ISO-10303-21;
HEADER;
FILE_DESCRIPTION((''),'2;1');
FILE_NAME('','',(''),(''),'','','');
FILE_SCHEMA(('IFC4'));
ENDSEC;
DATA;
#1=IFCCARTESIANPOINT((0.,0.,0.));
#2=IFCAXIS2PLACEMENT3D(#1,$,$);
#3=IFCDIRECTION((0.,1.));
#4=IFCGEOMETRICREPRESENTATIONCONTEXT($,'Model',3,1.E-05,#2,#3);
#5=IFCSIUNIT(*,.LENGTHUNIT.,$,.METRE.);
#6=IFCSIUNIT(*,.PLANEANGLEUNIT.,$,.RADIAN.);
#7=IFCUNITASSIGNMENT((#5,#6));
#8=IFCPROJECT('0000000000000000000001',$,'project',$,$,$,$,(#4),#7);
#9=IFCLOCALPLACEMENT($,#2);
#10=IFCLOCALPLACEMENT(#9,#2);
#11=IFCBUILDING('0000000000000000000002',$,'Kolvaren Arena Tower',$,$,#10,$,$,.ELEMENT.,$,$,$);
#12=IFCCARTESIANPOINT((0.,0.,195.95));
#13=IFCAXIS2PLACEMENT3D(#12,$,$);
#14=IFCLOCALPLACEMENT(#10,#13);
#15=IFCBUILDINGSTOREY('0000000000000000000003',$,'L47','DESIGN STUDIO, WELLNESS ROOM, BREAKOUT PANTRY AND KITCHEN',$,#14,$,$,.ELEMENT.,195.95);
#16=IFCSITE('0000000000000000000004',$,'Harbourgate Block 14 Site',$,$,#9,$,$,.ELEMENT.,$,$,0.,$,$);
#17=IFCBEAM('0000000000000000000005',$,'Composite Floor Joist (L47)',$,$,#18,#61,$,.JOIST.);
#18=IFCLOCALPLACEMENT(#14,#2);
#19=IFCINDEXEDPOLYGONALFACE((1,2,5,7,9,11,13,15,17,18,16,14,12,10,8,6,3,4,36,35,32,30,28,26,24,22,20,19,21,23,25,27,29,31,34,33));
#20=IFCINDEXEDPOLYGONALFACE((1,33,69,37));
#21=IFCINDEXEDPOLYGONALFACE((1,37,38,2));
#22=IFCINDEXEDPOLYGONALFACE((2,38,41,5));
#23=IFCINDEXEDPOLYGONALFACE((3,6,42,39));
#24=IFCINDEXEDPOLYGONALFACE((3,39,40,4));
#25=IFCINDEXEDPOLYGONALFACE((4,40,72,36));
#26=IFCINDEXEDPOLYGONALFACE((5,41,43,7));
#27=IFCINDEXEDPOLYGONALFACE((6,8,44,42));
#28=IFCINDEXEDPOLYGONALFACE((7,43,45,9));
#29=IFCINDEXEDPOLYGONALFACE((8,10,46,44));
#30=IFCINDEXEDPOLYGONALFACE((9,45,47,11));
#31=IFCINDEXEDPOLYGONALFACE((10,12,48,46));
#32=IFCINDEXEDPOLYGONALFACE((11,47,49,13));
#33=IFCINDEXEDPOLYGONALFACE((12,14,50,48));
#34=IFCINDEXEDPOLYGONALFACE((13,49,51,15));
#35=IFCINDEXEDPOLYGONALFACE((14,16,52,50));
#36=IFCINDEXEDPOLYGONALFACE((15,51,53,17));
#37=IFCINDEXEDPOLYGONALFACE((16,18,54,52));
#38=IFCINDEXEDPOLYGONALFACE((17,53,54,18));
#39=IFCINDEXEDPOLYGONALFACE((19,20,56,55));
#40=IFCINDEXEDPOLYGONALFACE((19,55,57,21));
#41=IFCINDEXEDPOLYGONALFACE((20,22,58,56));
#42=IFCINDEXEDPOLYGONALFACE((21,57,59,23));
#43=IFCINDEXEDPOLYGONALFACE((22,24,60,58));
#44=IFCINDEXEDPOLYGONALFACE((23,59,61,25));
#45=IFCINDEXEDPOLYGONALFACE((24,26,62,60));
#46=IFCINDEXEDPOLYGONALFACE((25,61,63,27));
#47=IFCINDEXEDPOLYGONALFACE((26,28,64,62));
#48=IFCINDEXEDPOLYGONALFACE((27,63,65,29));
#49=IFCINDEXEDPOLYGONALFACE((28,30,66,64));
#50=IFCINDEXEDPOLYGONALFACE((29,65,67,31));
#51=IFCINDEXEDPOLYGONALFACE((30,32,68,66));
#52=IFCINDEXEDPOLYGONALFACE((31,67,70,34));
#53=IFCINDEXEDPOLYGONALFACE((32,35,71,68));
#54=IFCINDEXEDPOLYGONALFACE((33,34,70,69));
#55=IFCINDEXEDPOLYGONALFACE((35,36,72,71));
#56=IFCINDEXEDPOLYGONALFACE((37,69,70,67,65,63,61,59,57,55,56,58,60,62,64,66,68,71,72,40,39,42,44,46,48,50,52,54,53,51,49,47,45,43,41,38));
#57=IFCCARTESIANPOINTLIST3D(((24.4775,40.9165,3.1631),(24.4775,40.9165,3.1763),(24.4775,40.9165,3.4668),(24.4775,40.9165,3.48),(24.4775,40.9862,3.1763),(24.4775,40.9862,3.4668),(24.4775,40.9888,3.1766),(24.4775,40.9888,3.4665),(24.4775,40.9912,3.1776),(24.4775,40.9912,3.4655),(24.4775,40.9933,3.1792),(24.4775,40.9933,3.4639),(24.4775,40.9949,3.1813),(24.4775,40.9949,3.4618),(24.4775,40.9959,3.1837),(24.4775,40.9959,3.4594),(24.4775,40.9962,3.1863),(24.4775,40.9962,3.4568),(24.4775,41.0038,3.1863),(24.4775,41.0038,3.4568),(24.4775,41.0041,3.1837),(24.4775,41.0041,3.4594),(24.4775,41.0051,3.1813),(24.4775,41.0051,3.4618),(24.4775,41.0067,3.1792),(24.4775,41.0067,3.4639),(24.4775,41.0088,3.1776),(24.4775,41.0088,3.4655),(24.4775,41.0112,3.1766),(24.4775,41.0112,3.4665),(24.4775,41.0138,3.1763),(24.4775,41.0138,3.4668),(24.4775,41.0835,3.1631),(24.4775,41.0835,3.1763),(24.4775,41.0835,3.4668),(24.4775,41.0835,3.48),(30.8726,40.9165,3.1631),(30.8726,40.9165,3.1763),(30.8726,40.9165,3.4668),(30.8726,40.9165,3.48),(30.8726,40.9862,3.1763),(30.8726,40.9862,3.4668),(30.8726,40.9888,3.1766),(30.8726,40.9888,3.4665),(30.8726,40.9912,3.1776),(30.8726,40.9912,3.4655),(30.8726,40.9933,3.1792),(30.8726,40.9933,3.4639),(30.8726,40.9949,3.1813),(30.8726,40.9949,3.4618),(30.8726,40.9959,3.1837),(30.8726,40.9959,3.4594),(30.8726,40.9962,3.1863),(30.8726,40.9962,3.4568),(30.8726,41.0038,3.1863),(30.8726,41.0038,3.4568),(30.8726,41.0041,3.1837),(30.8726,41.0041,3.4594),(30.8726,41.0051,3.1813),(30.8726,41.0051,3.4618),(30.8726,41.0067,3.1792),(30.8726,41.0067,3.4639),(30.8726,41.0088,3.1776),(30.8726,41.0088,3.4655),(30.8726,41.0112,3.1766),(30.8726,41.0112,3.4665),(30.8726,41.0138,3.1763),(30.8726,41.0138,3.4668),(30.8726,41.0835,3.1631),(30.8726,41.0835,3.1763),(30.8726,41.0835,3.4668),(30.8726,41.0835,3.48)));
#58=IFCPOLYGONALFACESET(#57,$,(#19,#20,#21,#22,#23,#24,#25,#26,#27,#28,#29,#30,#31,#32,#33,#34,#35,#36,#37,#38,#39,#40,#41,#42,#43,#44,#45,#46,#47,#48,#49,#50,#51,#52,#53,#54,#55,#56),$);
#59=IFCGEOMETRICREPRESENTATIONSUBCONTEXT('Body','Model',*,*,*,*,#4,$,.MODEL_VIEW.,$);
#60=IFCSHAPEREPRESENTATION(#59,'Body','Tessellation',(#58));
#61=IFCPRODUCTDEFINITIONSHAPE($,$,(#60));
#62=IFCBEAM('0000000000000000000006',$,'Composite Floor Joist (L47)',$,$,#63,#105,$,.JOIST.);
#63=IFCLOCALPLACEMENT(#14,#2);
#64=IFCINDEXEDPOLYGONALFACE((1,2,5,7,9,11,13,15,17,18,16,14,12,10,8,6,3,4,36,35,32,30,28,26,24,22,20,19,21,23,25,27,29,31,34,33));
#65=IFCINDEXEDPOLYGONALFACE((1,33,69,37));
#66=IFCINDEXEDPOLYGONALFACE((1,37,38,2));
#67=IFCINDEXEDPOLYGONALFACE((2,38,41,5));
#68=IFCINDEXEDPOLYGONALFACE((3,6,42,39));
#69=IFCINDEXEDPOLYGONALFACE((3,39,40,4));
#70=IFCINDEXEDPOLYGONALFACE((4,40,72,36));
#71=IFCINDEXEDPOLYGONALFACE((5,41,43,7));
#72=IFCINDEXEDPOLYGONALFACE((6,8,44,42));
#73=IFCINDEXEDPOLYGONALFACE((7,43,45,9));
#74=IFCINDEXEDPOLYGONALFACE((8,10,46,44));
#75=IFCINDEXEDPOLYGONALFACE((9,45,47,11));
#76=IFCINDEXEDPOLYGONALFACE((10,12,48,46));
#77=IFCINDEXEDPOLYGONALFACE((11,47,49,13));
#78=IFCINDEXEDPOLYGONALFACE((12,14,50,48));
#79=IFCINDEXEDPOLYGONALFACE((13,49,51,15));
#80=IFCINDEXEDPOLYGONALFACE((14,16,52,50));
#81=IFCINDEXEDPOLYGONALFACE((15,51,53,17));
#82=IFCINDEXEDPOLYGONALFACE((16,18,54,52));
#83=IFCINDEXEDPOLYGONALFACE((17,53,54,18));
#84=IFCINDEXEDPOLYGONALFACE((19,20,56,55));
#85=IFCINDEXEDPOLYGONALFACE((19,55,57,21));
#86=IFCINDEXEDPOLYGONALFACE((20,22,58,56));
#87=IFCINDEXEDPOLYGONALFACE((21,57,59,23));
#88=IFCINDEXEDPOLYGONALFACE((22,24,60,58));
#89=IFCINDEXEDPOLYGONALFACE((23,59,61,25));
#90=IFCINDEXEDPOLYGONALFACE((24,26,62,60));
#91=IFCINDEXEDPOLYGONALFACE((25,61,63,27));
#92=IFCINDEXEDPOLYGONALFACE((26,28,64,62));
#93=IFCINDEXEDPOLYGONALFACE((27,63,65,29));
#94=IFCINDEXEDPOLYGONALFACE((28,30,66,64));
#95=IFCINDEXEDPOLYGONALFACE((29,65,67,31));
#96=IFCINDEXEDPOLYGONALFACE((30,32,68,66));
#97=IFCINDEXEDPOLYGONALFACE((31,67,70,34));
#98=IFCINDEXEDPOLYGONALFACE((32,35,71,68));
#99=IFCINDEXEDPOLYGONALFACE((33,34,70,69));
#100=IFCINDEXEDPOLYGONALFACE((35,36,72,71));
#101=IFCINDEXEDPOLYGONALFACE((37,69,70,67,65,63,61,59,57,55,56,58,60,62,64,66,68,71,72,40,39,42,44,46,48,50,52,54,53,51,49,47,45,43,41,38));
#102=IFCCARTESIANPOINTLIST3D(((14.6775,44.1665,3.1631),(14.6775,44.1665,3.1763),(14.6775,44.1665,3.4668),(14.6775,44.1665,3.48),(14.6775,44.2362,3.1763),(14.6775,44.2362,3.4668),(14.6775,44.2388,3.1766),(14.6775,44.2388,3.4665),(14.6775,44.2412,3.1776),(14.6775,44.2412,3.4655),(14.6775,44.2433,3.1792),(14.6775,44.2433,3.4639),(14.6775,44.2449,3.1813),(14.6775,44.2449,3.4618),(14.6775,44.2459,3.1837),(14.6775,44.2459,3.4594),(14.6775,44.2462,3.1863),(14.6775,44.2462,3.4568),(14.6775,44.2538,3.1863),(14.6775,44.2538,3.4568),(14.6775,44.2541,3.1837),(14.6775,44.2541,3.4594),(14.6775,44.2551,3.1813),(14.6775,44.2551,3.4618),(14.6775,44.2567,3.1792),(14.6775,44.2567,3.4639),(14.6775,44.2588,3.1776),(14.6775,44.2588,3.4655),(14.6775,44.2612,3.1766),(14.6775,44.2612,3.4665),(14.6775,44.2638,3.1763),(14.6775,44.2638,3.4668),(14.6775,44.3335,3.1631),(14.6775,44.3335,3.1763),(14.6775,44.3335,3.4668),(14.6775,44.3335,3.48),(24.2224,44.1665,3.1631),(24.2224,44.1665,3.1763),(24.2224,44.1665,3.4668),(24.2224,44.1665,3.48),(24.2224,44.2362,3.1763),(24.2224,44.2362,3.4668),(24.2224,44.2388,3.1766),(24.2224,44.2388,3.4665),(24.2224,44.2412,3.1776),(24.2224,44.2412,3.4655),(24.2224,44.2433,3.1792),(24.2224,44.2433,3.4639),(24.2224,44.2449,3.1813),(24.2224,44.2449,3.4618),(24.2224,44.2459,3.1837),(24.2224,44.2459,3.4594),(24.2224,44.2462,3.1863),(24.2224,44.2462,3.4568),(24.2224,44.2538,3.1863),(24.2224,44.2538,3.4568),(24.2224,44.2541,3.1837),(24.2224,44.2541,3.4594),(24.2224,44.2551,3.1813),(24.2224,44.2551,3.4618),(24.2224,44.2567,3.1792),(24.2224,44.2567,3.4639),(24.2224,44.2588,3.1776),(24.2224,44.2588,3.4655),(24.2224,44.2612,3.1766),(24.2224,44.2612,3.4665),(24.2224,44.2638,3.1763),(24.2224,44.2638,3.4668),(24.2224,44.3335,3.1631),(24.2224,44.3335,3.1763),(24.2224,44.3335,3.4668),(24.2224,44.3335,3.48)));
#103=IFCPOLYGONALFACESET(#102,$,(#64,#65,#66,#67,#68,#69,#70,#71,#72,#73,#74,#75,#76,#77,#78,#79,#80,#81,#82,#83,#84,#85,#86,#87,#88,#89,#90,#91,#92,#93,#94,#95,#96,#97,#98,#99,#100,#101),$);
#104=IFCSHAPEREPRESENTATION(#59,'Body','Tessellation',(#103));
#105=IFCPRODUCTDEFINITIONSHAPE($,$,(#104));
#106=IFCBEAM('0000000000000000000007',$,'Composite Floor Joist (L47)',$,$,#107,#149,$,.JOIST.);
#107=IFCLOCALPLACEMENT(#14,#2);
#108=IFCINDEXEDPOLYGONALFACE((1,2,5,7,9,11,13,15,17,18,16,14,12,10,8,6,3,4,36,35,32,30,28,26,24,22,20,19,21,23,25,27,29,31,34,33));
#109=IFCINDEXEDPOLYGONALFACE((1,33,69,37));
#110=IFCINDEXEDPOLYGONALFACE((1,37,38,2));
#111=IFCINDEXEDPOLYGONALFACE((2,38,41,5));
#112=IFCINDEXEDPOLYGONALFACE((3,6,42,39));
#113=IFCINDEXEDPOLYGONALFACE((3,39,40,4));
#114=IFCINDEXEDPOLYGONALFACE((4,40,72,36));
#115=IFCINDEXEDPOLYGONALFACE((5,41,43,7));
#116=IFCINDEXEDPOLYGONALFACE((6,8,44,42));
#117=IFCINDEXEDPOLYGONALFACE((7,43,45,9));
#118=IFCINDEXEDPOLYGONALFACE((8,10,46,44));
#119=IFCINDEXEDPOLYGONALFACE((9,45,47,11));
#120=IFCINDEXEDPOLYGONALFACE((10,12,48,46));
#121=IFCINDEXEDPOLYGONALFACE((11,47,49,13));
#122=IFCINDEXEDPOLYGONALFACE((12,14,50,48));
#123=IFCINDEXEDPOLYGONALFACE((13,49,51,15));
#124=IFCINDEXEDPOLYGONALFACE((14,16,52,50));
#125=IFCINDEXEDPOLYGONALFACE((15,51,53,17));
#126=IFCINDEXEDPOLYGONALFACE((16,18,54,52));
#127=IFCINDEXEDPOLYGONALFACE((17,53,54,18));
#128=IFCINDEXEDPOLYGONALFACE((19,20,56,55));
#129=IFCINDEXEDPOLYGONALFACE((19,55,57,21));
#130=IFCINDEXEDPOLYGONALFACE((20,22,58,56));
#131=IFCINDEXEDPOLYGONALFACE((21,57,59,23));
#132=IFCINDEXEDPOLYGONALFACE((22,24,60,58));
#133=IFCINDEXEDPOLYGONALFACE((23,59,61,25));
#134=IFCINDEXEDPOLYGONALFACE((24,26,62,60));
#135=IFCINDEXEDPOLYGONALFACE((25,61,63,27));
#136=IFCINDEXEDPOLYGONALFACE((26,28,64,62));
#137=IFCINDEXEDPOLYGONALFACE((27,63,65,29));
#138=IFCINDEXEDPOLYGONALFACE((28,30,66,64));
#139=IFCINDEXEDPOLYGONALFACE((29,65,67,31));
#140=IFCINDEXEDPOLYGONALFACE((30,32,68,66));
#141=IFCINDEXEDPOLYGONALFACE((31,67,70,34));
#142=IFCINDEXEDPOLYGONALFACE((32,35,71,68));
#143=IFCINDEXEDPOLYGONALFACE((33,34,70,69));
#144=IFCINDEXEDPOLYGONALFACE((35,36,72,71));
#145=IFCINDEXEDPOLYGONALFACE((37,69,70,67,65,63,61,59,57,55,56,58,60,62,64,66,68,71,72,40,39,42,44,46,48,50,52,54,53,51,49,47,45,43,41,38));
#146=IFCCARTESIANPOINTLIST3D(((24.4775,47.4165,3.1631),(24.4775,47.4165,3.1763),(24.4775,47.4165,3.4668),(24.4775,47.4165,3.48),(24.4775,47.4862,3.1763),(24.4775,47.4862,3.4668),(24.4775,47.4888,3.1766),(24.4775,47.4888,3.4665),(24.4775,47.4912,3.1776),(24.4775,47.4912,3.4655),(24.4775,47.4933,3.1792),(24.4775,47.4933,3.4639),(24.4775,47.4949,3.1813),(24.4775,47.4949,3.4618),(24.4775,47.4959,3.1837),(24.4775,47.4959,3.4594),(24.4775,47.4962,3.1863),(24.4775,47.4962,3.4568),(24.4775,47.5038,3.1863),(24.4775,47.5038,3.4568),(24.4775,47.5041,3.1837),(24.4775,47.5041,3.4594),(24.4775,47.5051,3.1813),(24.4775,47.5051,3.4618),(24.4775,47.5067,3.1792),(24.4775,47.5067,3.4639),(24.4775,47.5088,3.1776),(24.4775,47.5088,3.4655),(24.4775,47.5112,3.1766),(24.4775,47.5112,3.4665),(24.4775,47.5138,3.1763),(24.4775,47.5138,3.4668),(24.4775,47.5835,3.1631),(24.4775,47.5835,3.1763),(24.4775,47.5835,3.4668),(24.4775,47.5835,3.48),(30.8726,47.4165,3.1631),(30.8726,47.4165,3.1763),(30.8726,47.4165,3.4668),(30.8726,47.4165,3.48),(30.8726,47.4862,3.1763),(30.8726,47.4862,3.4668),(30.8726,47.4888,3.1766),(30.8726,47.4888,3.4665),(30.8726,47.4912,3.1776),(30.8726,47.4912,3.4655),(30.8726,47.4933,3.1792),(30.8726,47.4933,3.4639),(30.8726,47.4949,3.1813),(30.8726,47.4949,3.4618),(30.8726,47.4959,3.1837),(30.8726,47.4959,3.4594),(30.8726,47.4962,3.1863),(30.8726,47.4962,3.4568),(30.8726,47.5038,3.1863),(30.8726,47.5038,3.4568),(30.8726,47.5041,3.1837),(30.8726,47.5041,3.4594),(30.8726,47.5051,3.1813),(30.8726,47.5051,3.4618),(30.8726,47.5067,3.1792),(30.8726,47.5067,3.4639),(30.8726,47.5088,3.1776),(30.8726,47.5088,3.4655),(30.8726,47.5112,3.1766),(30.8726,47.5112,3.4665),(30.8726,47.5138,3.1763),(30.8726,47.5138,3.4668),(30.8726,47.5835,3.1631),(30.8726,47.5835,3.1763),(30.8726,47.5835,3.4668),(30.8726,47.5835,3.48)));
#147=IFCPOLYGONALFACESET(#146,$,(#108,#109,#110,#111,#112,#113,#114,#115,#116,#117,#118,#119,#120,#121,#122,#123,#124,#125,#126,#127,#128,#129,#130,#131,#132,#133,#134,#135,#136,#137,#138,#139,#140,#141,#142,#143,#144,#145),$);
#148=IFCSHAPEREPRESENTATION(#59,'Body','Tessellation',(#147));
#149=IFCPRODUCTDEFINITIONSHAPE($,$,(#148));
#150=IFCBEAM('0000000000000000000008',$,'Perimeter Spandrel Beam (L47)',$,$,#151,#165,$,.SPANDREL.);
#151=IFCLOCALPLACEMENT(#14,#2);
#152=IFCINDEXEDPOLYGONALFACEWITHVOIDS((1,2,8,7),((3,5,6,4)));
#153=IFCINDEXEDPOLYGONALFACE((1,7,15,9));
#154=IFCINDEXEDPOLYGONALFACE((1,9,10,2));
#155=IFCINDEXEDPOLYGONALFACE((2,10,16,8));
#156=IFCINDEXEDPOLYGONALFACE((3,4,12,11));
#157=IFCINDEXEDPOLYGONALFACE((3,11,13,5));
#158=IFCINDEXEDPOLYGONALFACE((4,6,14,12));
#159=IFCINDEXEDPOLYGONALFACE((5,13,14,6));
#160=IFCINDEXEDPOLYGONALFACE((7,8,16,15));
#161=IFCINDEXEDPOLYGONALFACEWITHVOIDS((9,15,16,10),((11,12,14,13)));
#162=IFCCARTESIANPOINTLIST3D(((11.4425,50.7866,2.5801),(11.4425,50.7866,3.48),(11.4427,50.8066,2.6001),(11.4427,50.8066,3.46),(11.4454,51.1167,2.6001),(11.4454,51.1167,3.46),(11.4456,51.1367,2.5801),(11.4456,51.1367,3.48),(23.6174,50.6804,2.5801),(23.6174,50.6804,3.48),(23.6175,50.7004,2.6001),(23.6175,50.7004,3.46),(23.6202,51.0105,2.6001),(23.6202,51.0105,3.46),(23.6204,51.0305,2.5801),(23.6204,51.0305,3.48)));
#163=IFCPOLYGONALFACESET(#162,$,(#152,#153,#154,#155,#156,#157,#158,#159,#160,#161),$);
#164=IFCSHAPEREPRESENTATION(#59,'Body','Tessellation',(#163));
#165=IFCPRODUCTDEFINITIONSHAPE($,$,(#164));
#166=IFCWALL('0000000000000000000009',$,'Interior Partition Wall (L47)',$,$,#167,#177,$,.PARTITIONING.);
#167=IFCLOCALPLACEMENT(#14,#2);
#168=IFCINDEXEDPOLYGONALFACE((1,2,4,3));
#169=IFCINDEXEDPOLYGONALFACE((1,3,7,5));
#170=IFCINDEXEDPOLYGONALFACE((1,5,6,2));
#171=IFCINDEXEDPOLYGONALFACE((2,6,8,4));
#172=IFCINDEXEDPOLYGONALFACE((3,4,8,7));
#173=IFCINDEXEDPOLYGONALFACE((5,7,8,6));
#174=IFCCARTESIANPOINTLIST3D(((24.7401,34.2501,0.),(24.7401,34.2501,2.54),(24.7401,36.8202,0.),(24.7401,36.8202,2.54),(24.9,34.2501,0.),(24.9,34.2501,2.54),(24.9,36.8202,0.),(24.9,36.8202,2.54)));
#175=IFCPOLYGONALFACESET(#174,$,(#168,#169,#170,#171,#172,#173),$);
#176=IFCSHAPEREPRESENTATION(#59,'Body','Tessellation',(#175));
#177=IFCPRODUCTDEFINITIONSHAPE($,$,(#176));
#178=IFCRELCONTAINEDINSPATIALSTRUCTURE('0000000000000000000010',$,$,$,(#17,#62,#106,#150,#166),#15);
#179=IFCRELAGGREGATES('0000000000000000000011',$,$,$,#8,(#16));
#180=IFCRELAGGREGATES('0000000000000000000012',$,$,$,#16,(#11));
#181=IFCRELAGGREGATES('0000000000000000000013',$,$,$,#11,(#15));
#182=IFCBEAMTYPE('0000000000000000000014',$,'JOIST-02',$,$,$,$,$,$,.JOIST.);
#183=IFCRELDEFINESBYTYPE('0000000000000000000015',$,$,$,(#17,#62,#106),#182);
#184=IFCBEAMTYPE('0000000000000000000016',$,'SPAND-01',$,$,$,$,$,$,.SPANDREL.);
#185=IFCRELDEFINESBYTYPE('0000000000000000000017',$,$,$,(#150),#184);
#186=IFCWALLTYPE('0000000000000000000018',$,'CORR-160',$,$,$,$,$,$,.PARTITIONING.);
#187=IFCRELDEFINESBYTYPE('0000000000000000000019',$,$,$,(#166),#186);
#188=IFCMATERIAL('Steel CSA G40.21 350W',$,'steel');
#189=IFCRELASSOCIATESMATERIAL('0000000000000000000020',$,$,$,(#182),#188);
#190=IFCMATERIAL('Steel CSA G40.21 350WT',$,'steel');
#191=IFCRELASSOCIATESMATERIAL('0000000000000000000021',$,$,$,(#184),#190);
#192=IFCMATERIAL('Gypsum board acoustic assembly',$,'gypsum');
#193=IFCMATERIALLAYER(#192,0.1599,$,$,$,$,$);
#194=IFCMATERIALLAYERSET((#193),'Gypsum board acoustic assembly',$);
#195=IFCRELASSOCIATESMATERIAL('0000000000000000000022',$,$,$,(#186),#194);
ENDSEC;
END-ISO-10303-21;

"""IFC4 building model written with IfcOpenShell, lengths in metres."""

from ifc_helpers import new_model, si_unit, direction, frame, frame_2d, origin, origin_2d, place, context, subcontext, project, spatial, rectangle, hollow_rectangle, i_section, extrude, material, layer, layer_set, material_profile, profile_set, type_object, element, save


model = new_model("IFC4")

# Units and contexts
model_context = context("Model", 3, precision=1e-05, world=origin(), true_north=direction((0.0, 1.0)))
body_context = subcontext(model_context, "Body", "Model", "MODEL_VIEW")
ifc_project = project(units=[si_unit("LENGTHUNIT", "METRE"), si_unit("PLANEANGLEUNIT", "RADIAN")], contexts=[model_context])

# Site, building, storey
site_placement = place(None, origin())
site = spatial("IfcSite", under=ifc_project, at=site_placement, Name="Harbourgate Block 14 Site", CompositionType="ELEMENT", RefElevation=0.0)
building_placement = place(site_placement, origin())
building = spatial("IfcBuilding", under=site, at=building_placement, Name="Kolvaren Arena Tower", CompositionType="ELEMENT")
storey_placement = place(building_placement, frame((0.0, 0.0, 195.95)))
storey = spatial("IfcBuildingStorey", under=building, at=storey_placement, Name="L47", Description="DESIGN STUDIO, WELLNESS ROOM, BREAKOUT PANTRY AND KITCHEN", CompositionType="ELEMENT", Elevation=195.95)

# Beams
ifc_material_1 = material(Name="Steel CSA G40.21 350W", Category="steel")
ifc_material_profile_1 = material_profile(ifc_material_1, i_section(OverallWidth=0.167, OverallDepth=0.3169, WebThickness=0.0076, FlangeThickness=0.0132, FilletRadius=0.01, at=origin_2d()), Name="W310x52")
ifc_profile_set_1 = profile_set([ifc_material_profile_1], Name="Steel CSA G40.21 350W")
beam_type_1 = type_object("IfcBeamType", Name="JOIST-02", PredefinedType="JOIST", material=ifc_profile_set_1)
beam_1_placement = place(storey_placement, frame((24.4775, 41.0, 3.3215), z_axis=(1.0, 0.0, 0.0), x_axis=(0.0, 1.0, 0.0)))
element("IfcBeam", 1, at=beam_1_placement, inside=storey, type_object=beam_type_1, Name="Composite Floor Joist (L47)", PredefinedType="JOIST", context=body_context, shape_type="SweptSolid", body=[
    extrude(i_section(OverallWidth=0.167, OverallDepth=0.3169, WebThickness=0.0076, FlangeThickness=0.0132, FilletRadius=0.01, at=origin_2d()), origin(), (0.0, 0.0, 1.0), 6.395),
])
beam_2_placement = place(storey_placement, frame((14.6775, 44.25, 3.3215), z_axis=(1.0, 0.0, 0.0), x_axis=(0.0, 1.0, 0.0)))
element("IfcBeam", 2, at=beam_2_placement, inside=storey, type_object=beam_type_1, Name="Composite Floor Joist (L47)", PredefinedType="JOIST", context=body_context, shape_type="SweptSolid", body=[
    extrude(i_section(OverallWidth=0.167, OverallDepth=0.3169, WebThickness=0.0076, FlangeThickness=0.0132, FilletRadius=0.01, at=origin_2d()), origin(), (0.0, 0.0, 1.0), 9.5449),
])
beam_3_placement = place(storey_placement, frame((24.4775, 47.5, 3.3215), z_axis=(1.0, 0.0, 0.0), x_axis=(0.0, 1.0, 0.0)))
element("IfcBeam", 3, at=beam_3_placement, inside=storey, type_object=beam_type_1, Name="Composite Floor Joist (L47)", PredefinedType="JOIST", context=body_context, shape_type="SweptSolid", body=[
    extrude(i_section(OverallWidth=0.167, OverallDepth=0.3169, WebThickness=0.0076, FlangeThickness=0.0132, FilletRadius=0.01, at=origin_2d()), origin(), (0.0, 0.0, 1.0), 6.395),
])
ifc_material_2 = material(Name="Steel CSA G40.21 350WT", Category="steel")
ifc_material_profile_2 = material_profile(ifc_material_2, hollow_rectangle(XDim=0.3501, YDim=0.8999, WallThickness=0.02, at=origin_2d()), Name="HSS 900x350x20")
ifc_profile_set_2 = profile_set([ifc_material_profile_2], Name="Steel CSA G40.21 350WT")
beam_type_2 = type_object("IfcBeamType", Name="SPAND-01", PredefinedType="SPANDREL", material=ifc_profile_set_2)
beam_4_placement = place(storey_placement, frame((23.6189, 50.8555, 3.03), z_axis=(-0.999962, 0.008723, 0.0), x_axis=(-0.008723, -0.999962, 0.0)))
element("IfcBeam", 4, at=beam_4_placement, inside=storey, type_object=beam_type_2, Name="Perimeter Spandrel Beam (L47)", PredefinedType="SPANDREL", context=body_context, shape_type="SweptSolid", body=[
    extrude(hollow_rectangle(XDim=0.3501, YDim=0.8999, WallThickness=0.02, at=origin_2d()), origin(), (0.0, 0.0, 1.0), 12.1753),
])

# Wall
ifc_material_3 = material(Name="Gypsum board acoustic assembly", Category="gypsum")
ifc_layer_1 = layer(ifc_material_3, 0.1599)
ifc_layer_set_1 = layer_set([ifc_layer_1], Name="Gypsum board acoustic assembly")
wall_type_1 = type_object("IfcWallType", Name="CORR-160", PredefinedType="PARTITIONING", material=ifc_layer_set_1)
wall_1_placement = place(storey_placement, frame((24.8201, 34.25, 0.0), z_axis=(0.0, 0.0, 1.0), x_axis=(0.0, 1.0, 0.0)))
element("IfcWall", 5, at=wall_1_placement, inside=storey, type_object=wall_type_1, Name="Interior Partition Wall (L47)", PredefinedType="PARTITIONING", context=body_context, shape_type="SweptSolid", body=[
    extrude(rectangle(XDim=2.5701, YDim=0.1599, at=frame_2d((1.2852, 0.0))), origin(), (0.0, 0.0, 1.0), 2.54),
])

save(model, "model.ifc")
